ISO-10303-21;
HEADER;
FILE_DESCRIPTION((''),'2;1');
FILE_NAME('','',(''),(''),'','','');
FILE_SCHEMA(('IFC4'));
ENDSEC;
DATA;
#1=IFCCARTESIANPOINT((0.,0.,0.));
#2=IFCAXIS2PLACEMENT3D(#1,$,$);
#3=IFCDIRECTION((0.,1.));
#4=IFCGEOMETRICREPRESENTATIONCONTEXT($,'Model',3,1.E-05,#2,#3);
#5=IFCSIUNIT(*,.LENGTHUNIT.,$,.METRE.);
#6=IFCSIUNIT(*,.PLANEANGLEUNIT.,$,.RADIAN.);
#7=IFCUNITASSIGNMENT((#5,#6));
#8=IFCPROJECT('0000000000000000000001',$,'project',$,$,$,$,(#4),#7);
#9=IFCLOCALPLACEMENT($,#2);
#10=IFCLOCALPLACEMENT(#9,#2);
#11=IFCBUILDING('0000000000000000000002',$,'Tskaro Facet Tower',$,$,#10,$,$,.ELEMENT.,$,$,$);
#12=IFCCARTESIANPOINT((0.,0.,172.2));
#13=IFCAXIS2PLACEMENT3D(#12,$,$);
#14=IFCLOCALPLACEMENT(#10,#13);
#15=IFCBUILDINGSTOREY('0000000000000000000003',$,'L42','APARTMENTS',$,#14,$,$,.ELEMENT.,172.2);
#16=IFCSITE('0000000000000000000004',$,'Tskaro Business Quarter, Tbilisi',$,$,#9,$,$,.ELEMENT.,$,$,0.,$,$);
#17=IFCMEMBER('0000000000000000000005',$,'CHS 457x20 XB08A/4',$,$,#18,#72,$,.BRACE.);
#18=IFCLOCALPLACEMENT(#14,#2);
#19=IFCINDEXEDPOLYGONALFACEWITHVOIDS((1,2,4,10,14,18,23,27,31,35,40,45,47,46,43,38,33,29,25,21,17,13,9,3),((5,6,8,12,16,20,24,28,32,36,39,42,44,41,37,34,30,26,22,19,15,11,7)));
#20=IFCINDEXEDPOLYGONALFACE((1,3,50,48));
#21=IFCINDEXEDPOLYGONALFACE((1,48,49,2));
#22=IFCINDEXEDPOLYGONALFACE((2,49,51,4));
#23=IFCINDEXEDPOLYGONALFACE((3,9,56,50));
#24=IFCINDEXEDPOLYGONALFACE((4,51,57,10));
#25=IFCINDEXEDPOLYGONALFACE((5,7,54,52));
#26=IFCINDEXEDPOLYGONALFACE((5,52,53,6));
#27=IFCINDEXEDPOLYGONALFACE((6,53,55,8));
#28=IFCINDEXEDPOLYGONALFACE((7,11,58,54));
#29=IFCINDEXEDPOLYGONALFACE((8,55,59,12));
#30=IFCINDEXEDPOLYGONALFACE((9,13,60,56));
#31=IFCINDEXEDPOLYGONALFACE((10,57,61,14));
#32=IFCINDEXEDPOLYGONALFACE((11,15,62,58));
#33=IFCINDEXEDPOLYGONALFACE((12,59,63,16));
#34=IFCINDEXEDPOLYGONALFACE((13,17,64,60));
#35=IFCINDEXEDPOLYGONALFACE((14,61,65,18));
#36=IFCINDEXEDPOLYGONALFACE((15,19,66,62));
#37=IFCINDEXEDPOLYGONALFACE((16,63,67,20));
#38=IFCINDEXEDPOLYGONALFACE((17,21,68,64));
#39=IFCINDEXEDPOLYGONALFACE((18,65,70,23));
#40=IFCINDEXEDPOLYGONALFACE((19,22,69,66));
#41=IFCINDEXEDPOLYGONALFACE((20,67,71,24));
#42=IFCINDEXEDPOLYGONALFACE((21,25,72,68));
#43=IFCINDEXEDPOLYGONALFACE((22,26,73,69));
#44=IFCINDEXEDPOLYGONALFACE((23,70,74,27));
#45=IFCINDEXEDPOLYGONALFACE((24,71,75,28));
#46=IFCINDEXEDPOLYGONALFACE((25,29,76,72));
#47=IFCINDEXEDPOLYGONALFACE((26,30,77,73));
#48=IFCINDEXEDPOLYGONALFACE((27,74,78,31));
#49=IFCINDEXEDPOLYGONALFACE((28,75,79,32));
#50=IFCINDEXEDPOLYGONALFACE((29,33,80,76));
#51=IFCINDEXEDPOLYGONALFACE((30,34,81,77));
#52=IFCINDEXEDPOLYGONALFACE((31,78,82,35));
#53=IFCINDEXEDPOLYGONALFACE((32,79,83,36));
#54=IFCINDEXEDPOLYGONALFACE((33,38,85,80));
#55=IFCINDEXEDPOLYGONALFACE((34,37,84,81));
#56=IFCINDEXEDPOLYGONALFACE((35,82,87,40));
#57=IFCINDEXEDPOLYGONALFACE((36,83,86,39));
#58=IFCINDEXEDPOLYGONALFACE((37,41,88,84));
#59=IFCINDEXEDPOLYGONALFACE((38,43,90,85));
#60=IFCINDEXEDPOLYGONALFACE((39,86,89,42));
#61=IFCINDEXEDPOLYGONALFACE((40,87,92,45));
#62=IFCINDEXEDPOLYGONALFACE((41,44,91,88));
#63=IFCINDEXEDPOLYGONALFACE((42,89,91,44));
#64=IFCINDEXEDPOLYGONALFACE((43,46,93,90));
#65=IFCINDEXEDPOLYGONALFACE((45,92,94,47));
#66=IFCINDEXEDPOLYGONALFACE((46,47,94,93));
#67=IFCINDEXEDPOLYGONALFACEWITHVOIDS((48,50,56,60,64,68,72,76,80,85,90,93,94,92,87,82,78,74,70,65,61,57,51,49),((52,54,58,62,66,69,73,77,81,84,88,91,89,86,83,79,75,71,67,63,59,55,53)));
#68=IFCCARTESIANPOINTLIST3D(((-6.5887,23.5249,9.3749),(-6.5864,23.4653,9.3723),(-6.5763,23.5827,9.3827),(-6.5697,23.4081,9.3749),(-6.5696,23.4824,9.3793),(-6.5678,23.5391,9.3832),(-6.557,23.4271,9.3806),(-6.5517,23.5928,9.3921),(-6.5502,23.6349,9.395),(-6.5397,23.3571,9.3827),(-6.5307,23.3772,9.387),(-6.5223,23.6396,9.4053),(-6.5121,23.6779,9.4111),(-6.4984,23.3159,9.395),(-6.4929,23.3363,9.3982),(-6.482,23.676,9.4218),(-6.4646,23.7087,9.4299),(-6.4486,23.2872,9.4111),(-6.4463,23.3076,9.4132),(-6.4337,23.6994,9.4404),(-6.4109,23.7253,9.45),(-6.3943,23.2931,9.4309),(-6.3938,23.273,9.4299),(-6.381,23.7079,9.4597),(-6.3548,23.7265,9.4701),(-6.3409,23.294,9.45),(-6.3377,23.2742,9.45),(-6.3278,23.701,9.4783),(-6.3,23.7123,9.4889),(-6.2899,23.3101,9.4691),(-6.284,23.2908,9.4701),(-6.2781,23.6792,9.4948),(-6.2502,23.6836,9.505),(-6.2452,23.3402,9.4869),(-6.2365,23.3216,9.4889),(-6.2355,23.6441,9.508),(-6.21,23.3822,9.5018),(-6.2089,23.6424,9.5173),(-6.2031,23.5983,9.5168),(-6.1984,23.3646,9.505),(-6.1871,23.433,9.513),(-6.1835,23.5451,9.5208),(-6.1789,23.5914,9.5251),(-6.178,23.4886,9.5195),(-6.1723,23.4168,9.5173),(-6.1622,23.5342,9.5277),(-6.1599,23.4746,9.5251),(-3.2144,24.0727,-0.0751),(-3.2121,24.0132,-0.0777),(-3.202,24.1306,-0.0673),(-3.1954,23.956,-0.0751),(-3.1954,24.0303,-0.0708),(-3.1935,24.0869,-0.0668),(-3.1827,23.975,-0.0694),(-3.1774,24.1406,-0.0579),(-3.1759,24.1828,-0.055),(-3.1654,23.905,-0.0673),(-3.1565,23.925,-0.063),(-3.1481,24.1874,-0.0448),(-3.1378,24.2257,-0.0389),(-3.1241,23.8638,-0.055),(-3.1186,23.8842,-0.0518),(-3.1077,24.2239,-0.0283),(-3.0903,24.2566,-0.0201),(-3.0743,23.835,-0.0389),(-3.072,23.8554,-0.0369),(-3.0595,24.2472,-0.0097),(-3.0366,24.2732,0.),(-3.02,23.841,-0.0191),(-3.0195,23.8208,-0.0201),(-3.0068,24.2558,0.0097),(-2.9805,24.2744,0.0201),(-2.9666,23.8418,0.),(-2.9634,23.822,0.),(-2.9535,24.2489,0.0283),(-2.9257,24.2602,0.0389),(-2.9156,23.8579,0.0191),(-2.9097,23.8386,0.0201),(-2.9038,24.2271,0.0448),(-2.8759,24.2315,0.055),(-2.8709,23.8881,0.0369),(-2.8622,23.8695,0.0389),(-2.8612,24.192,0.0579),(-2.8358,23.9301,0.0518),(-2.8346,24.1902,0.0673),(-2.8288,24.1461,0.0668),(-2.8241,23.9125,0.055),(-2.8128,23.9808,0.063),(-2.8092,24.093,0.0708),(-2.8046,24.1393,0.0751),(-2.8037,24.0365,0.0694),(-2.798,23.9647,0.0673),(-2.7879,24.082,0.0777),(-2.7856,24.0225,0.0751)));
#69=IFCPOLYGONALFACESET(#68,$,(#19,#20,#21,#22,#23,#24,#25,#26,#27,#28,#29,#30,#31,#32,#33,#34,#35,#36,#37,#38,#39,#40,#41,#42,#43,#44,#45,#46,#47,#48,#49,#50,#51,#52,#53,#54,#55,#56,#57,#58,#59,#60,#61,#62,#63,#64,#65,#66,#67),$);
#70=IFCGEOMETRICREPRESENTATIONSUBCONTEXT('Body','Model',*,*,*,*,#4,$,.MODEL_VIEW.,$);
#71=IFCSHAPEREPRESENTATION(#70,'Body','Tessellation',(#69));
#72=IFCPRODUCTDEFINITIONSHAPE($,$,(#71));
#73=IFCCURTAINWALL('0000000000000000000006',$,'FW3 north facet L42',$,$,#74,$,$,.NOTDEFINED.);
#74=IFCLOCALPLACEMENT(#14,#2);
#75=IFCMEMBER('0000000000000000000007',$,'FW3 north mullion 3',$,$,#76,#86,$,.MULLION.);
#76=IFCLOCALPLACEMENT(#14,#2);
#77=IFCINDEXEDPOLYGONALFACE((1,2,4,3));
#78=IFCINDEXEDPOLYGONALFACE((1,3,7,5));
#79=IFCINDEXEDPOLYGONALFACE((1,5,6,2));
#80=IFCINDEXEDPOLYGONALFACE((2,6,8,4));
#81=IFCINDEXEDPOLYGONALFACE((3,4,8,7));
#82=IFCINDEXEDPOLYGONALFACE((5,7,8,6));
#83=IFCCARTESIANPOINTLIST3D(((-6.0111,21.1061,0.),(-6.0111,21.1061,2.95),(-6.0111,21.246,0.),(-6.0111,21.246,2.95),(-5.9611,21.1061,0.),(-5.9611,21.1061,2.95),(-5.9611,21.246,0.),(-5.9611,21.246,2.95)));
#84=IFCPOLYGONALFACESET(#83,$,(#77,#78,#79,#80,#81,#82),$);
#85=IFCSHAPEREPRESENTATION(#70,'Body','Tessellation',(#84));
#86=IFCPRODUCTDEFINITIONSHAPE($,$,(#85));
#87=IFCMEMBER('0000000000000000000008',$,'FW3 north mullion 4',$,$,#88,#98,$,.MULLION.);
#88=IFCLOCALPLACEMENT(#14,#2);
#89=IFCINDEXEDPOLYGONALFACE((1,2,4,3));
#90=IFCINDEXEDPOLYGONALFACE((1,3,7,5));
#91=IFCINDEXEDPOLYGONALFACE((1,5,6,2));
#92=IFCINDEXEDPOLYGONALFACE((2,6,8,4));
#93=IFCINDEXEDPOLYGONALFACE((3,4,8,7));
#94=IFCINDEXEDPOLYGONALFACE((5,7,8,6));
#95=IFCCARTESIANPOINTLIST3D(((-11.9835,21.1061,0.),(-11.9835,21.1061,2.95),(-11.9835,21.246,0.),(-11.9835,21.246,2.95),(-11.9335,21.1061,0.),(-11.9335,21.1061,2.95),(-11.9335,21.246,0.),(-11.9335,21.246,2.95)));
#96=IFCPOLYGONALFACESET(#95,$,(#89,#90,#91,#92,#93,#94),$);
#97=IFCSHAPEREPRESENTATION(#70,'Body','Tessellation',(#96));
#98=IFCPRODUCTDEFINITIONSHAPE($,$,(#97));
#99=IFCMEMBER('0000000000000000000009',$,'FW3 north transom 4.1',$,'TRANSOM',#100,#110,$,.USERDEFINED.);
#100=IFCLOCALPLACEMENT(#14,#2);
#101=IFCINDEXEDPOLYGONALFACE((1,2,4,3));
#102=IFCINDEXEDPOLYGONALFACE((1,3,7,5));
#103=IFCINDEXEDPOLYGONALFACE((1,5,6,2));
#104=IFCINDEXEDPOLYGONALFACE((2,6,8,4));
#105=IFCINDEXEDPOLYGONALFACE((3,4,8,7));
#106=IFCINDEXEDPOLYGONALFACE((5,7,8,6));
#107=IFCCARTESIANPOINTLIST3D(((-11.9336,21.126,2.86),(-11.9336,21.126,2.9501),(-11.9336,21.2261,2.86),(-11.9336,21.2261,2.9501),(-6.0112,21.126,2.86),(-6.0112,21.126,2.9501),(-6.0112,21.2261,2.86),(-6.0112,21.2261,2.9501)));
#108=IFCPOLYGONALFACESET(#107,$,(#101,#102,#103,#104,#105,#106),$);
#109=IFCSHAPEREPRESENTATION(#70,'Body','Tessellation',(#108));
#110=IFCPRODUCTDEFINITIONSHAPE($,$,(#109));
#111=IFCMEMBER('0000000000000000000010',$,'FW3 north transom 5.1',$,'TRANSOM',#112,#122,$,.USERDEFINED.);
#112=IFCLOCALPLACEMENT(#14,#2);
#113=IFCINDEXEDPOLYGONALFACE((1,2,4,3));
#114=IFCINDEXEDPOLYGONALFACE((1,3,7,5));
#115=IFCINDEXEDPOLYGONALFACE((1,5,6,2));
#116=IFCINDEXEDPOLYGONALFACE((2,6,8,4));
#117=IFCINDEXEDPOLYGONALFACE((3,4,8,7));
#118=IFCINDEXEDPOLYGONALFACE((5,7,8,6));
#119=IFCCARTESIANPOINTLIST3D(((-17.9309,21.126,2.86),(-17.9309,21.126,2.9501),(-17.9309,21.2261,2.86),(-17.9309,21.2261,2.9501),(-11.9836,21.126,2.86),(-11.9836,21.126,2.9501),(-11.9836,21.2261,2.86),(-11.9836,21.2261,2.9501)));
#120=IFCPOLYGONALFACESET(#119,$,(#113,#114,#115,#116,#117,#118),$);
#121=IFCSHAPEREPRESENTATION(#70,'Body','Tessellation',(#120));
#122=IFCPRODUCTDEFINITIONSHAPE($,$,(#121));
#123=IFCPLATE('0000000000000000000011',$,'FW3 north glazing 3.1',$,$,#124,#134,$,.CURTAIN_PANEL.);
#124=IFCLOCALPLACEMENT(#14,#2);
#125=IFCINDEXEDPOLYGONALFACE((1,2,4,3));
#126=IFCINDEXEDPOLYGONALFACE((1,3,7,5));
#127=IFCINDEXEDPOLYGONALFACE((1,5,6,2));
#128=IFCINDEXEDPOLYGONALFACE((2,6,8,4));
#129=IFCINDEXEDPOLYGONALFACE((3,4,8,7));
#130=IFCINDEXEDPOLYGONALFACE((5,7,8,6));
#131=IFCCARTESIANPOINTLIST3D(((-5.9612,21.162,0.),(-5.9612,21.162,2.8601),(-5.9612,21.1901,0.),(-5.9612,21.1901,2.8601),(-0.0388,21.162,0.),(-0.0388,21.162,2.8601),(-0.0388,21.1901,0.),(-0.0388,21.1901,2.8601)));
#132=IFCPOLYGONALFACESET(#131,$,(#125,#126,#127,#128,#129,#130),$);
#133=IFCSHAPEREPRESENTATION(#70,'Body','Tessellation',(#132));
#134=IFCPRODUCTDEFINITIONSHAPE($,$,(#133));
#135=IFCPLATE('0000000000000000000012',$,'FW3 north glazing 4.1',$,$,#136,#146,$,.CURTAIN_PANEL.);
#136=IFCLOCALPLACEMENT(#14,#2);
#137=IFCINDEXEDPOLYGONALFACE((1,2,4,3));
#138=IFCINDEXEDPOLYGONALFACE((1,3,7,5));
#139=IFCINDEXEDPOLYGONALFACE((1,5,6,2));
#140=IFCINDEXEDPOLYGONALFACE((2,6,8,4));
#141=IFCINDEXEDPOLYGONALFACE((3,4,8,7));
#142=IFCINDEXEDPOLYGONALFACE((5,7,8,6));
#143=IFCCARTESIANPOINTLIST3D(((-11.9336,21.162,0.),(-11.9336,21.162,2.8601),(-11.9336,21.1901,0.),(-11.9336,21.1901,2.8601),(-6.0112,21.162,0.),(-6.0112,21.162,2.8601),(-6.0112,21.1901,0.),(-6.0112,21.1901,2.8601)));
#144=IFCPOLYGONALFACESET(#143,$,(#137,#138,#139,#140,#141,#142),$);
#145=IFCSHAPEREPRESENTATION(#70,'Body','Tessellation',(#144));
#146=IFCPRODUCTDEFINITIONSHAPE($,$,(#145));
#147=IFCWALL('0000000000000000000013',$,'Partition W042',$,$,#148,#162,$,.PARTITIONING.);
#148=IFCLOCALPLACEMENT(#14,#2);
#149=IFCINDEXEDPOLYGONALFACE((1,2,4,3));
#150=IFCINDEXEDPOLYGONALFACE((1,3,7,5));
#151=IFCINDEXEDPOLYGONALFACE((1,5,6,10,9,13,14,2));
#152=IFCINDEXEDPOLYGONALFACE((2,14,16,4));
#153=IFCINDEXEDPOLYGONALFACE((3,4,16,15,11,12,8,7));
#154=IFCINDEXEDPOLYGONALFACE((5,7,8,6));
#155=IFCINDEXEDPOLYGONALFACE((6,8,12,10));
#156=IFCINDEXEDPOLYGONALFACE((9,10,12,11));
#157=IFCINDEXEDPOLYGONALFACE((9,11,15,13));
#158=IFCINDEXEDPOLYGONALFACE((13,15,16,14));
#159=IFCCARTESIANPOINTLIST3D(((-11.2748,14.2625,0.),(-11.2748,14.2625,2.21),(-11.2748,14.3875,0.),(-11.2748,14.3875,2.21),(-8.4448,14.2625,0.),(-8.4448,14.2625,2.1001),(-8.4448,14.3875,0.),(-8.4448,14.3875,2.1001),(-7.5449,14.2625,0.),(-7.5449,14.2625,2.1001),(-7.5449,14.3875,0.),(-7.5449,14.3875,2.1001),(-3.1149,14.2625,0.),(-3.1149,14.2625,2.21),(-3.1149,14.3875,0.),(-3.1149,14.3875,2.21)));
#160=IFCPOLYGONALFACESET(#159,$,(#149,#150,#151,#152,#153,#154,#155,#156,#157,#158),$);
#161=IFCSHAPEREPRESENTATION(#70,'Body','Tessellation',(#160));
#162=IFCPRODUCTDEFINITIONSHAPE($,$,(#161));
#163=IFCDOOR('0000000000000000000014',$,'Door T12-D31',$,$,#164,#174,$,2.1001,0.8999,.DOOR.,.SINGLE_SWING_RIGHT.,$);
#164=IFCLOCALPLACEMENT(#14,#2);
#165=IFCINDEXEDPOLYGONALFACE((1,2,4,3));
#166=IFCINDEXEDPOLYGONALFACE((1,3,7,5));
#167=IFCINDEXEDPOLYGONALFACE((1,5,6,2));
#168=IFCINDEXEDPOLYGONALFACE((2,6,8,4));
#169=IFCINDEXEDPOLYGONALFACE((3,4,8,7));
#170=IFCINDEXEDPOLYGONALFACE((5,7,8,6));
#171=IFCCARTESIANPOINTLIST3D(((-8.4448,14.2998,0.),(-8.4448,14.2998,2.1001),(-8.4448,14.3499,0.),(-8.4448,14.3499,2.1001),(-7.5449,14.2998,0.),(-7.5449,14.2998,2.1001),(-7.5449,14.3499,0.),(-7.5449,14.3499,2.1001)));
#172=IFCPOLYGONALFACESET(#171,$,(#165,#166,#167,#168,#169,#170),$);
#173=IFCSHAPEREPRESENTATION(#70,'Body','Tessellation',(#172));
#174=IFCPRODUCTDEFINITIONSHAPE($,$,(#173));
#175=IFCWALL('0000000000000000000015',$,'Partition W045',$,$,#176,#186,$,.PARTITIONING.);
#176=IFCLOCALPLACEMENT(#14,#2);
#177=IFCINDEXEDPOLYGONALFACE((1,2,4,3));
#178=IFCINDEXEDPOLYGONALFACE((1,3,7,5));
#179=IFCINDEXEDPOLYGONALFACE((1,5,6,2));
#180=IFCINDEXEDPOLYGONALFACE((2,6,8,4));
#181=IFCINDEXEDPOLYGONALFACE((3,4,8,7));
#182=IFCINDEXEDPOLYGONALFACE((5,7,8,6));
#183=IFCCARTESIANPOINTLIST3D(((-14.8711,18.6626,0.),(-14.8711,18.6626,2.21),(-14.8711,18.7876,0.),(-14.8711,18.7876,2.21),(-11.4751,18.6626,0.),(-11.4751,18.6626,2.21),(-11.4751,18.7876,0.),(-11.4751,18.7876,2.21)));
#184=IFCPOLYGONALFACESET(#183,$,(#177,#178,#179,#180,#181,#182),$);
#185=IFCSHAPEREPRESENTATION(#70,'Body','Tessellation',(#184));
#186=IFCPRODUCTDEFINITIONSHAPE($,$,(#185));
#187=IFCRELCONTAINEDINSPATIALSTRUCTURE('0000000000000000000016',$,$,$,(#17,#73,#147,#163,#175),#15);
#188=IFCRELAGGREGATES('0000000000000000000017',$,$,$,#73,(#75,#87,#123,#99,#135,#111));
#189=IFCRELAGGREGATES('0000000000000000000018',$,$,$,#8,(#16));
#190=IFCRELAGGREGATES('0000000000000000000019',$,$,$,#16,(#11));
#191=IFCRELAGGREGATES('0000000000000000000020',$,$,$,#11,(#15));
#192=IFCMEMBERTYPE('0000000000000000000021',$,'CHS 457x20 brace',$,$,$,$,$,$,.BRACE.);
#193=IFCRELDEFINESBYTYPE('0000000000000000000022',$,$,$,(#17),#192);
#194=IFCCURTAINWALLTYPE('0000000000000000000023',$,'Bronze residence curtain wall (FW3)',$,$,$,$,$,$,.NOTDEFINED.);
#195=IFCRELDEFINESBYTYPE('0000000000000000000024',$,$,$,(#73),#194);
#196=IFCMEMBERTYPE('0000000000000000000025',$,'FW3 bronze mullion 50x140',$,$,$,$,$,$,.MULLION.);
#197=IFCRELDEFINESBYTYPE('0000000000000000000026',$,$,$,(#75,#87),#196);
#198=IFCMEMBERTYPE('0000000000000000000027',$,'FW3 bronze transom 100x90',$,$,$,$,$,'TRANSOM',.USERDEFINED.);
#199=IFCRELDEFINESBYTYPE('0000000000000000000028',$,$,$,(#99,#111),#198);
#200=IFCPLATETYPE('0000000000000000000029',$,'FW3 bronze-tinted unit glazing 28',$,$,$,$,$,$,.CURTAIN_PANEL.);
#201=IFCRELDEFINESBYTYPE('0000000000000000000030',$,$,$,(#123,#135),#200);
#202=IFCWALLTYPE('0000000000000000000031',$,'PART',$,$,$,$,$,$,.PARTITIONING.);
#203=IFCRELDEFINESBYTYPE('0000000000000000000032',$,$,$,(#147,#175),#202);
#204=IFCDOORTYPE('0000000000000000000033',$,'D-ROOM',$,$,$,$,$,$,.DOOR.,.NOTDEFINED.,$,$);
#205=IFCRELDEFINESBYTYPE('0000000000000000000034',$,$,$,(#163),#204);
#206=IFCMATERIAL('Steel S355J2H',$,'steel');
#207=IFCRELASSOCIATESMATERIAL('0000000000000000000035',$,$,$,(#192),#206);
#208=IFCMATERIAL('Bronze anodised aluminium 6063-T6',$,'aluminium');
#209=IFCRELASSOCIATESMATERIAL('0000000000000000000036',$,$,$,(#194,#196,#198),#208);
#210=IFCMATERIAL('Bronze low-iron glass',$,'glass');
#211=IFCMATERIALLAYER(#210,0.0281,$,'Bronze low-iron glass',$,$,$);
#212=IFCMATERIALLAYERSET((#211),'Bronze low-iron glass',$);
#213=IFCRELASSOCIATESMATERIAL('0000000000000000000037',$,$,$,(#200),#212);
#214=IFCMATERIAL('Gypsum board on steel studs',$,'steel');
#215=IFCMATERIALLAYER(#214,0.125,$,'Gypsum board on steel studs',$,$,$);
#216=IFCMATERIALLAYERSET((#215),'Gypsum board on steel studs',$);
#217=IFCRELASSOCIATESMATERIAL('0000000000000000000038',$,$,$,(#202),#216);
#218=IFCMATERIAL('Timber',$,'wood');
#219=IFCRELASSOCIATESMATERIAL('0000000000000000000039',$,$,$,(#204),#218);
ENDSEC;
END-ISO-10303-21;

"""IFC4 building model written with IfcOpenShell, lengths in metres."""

from ifc_helpers import new_model, si_unit, direction, frame, frame_2d, origin, origin_2d, place, context, subcontext, project, spatial, rectangle, hollow_circle, extrude, material, layer, layer_set, material_profile, profile_set, type_object, element, fill, aggregate, save


model = new_model("IFC4")

# Units and contexts
model_context = context("Model", 3, precision=1e-05, world=origin(), true_north=direction((0.0, 1.0)))
body_context = subcontext(model_context, "Body", "Model", "MODEL_VIEW")
ifc_project = project(units=[si_unit("LENGTHUNIT", "METRE"), si_unit("PLANEANGLEUNIT", "RADIAN")], contexts=[model_context])

# Site, building, storey
site_placement = place(None, origin())
site = spatial("IfcSite", under=ifc_project, at=site_placement, Name="Tskaro Business Quarter, Tbilisi", CompositionType="ELEMENT", RefElevation=0.0)
building_placement = place(site_placement, origin())
building = spatial("IfcBuilding", under=site, at=building_placement, Name="Tskaro Facet Tower", CompositionType="ELEMENT")
storey_placement = place(building_placement, frame((0.0, 0.0, 172.2)))
storey = spatial("IfcBuildingStorey", under=building, at=storey_placement, Name="L42", Description="APARTMENTS", CompositionType="ELEMENT", Elevation=172.2)

# Shared definitions
ifc_material_1 = material(Name="Steel S355J2H", Category="steel")

# Member
ifc_material_profile_1 = material_profile(ifc_material_1, hollow_circle(Radius=0.2285, WallThickness=0.02, at=origin_2d()), Name="CHS 457x20")
ifc_profile_set_1 = profile_set([ifc_material_profile_1], Name="Steel S355J2H")
member_type_1 = type_object("IfcMemberType", Name="CHS 457x20 brace", PredefinedType="BRACE", material=ifc_profile_set_1)
for number, where, z_axis, x_axis, name in (
    (1, (-3.0, 24.0476, 0.0), (-0.335773, -0.054517, 0.940364), (0.160263, -0.987074, 0.0), "CHS 457x20 XB08A/4"),
):
    element("IfcMember", number, at=place(storey_placement, frame(where, z_axis=z_axis, x_axis=x_axis)), inside=storey, type_object=member_type_1, Name=name, PredefinedType="BRACE", context=body_context, shape_type="SweptSolid", body=[
        extrude(hollow_circle(Radius=0.2285, WallThickness=0.02, at=origin_2d()), origin(), (0.0, 0.0, 1.0), 10.0493),
    ])

# Curtain wall, members, plates
ifc_material_2 = material(Name="Bronze anodised aluminium 6063-T6", Category="aluminium")
curtain_wall_type = type_object("IfcCurtainWallType", Name="Bronze residence curtain wall (FW3)", PredefinedType="NOTDEFINED", material=ifc_material_2)
curtain_wall_placement = place(storey_placement, origin())
curtain_wall = element("IfcCurtainWall", 2, at=curtain_wall_placement, inside=storey, type_object=curtain_wall_type, Name="FW3 north facet L42", PredefinedType="NOTDEFINED")
ifc_material_profile_2 = material_profile(ifc_material_2, rectangle(XDim=0.05, YDim=0.1399, at=origin_2d()), Name="Mullion 50x140")
ifc_profile_set_2 = profile_set([ifc_material_profile_2], Name="Bronze anodised aluminium 6063-T6")
member_type_2 = type_object("IfcMemberType", Name="FW3 bronze mullion 50x140", PredefinedType="MULLION", material=ifc_profile_set_2)
member_1_placement = place(storey_placement, frame((-5.9861, 21.176, 0.0), z_axis=(0.0, 0.0, 1.0), x_axis=(-1.0, 0.0, 0.0)))
member_1 = element("IfcMember", 3, at=member_1_placement, type_object=member_type_2, Name="FW3 north mullion 3", PredefinedType="MULLION", context=body_context, shape_type="SweptSolid", body=[
    extrude(rectangle(XDim=0.05, YDim=0.1399, at=origin_2d()), origin(), (0.0, 0.0, 1.0), 2.95),
])
member_2_placement = place(storey_placement, frame((-11.9585, 21.176, 0.0), z_axis=(0.0, 0.0, 1.0), x_axis=(-1.0, 0.0, 0.0)))
member_2 = element("IfcMember", 4, at=member_2_placement, type_object=member_type_2, Name="FW3 north mullion 4", PredefinedType="MULLION", context=body_context, shape_type="SweptSolid", body=[
    extrude(rectangle(XDim=0.05, YDim=0.1399, at=origin_2d()), origin(), (0.0, 0.0, 1.0), 2.95),
])
ifc_material_profile_3 = material_profile(ifc_material_2, rectangle(XDim=0.1001, YDim=0.0901, at=origin_2d()), Name="Transom 100x90")
ifc_profile_set_3 = profile_set([ifc_material_profile_3], Name="Bronze anodised aluminium 6063-T6")
member_type_3 = type_object("IfcMemberType", Name="FW3 bronze transom 100x90", ElementType="TRANSOM", PredefinedType="USERDEFINED", material=ifc_profile_set_3)
member_3_placement = place(storey_placement, frame((-6.0112, 21.176, 2.905), z_axis=(-1.0, 0.0, 0.0), x_axis=(0.0, -1.0, 0.0)))
member_3 = element("IfcMember", 5, at=member_3_placement, type_object=member_type_3, Name="FW3 north transom 4.1", ObjectType="TRANSOM", PredefinedType="USERDEFINED", context=body_context, shape_type="SweptSolid", body=[
    extrude(rectangle(XDim=0.1001, YDim=0.0901, at=origin_2d()), origin(), (0.0, 0.0, 1.0), 5.9224),
])
member_4_placement = place(storey_placement, frame((-11.9836, 21.176, 2.905), z_axis=(-1.0, 0.0, 0.0), x_axis=(0.0, -1.0, 0.0)))
member_4 = element("IfcMember", 6, at=member_4_placement, type_object=member_type_3, Name="FW3 north transom 5.1", ObjectType="TRANSOM", PredefinedType="USERDEFINED", context=body_context, shape_type="SweptSolid", body=[
    extrude(rectangle(XDim=0.1001, YDim=0.0901, at=origin_2d()), origin(), (0.0, 0.0, 1.0), 5.9473),
])
ifc_material_3 = material(Name="Bronze low-iron glass", Category="glass")
ifc_layer_1 = layer(ifc_material_3, 0.0281, Name="Bronze low-iron glass")
ifc_layer_set_1 = layer_set([ifc_layer_1], Name="Bronze low-iron glass")
plate_type = type_object("IfcPlateType", Name="FW3 bronze-tinted unit glazing 28", PredefinedType="CURTAIN_PANEL", material=ifc_layer_set_1)
plate_1_placement = place(storey_placement, frame((-3.0, 21.176, 0.0), z_axis=(0.0, 0.0, 1.0), x_axis=(-1.0, 0.0, 0.0)))
plate_1 = element("IfcPlate", 7, at=plate_1_placement, type_object=plate_type, Name="FW3 north glazing 3.1", PredefinedType="CURTAIN_PANEL", context=body_context, shape_type="SweptSolid", body=[
    extrude(rectangle(XDim=5.9224, YDim=0.0281, at=origin_2d()), origin(), (0.0, 0.0, 1.0), 2.8601),
])
plate_2_placement = place(storey_placement, frame((-8.9724, 21.176, 0.0), z_axis=(0.0, 0.0, 1.0), x_axis=(-1.0, 0.0, 0.0)))
plate_2 = element("IfcPlate", 8, at=plate_2_placement, type_object=plate_type, Name="FW3 north glazing 4.1", PredefinedType="CURTAIN_PANEL", context=body_context, shape_type="SweptSolid", body=[
    extrude(rectangle(XDim=5.9224, YDim=0.0281, at=origin_2d()), origin(), (0.0, 0.0, 1.0), 2.8601),
])
aggregate(curtain_wall, [member_1, member_2, plate_1, member_3, plate_2, member_4])

# Wall, opening, door
ifc_material_4 = material(Name="Gypsum board on steel studs", Category="steel")
ifc_layer_2 = layer(ifc_material_4, 0.125, Name="Gypsum board on steel studs")
ifc_layer_set_2 = layer_set([ifc_layer_2], Name="Gypsum board on steel studs")
wall_type_1 = type_object("IfcWallType", Name="PART", PredefinedType="PARTITIONING", material=ifc_layer_set_2)
wall_1_placement = place(storey_placement, frame((-11.2749, 14.325, 0.0), z_axis=(0.0, 0.0, 1.0), x_axis=(1.0, 0.0, 0.0)))
wall_1 = element("IfcWall", 9, at=wall_1_placement, inside=storey, type_object=wall_type_1, Name="Partition W042", PredefinedType="PARTITIONING", context=body_context, shape_type="SweptSolid", body=[
    extrude(rectangle(XDim=8.1599, YDim=0.125, at=frame_2d((4.0801, 0.0))), origin(), (0.0, 0.0, 1.0), 2.21),
])
opening_1_placement = place(wall_1_placement, frame((2.8301, 0.0, 0.0)))
opening_1 = element("IfcOpeningElement", 10, at=opening_1_placement, cuts=wall_1, PredefinedType="OPENING", context=body_context, shape_type="SweptSolid", body=[
    extrude(rectangle(XDim=0.8999, YDim=2.1001, at=frame_2d((0.45, 1.05))), frame((0.0, 0.0725, 0.0), z_axis=(0.0, -1.0, 0.0), x_axis=(1.0, 0.0, 0.0)), (0.0, 0.0, 1.0), 0.145),
])
ifc_material_5 = material(Name="Timber", Category="wood")
door_type_1 = type_object("IfcDoorType", Name="D-ROOM", OperationType="NOTDEFINED", PredefinedType="DOOR", material=ifc_material_5)
door_1_placement = place(opening_1_placement, origin())
door_1 = element("IfcDoor", 11, at=door_1_placement, inside=storey, type_object=door_type_1, Name="Door T12-D31", OperationType="SINGLE_SWING_RIGHT", OverallHeight=2.1001, OverallWidth=0.8999, PredefinedType="DOOR", context=body_context, shape_type="SweptSolid", body=[
    extrude(rectangle(XDim=0.8999, YDim=2.1001, at=frame_2d((0.45, 1.05))), frame((0.0, 0.0249, 0.0), z_axis=(0.0, -1.0, 0.0), x_axis=(1.0, 0.0, 0.0)), (0.0, 0.0, 1.0), 0.05),
])
fill(opening_1, door_1)

# Wall
wall_2_placement = place(storey_placement, frame((-14.8711, 18.7251, 0.0), z_axis=(0.0, 0.0, 1.0), x_axis=(1.0, 0.0, 0.0)))
element("IfcWall", 12, at=wall_2_placement, inside=storey, type_object=wall_type_1, Name="Partition W045", PredefinedType="PARTITIONING", context=body_context, shape_type="SweptSolid", body=[
    extrude(rectangle(XDim=3.396, YDim=0.125, at=frame_2d((1.698, 0.0))), origin(), (0.0, 0.0, 1.0), 2.21),
])

save(model, "model.ifc")
